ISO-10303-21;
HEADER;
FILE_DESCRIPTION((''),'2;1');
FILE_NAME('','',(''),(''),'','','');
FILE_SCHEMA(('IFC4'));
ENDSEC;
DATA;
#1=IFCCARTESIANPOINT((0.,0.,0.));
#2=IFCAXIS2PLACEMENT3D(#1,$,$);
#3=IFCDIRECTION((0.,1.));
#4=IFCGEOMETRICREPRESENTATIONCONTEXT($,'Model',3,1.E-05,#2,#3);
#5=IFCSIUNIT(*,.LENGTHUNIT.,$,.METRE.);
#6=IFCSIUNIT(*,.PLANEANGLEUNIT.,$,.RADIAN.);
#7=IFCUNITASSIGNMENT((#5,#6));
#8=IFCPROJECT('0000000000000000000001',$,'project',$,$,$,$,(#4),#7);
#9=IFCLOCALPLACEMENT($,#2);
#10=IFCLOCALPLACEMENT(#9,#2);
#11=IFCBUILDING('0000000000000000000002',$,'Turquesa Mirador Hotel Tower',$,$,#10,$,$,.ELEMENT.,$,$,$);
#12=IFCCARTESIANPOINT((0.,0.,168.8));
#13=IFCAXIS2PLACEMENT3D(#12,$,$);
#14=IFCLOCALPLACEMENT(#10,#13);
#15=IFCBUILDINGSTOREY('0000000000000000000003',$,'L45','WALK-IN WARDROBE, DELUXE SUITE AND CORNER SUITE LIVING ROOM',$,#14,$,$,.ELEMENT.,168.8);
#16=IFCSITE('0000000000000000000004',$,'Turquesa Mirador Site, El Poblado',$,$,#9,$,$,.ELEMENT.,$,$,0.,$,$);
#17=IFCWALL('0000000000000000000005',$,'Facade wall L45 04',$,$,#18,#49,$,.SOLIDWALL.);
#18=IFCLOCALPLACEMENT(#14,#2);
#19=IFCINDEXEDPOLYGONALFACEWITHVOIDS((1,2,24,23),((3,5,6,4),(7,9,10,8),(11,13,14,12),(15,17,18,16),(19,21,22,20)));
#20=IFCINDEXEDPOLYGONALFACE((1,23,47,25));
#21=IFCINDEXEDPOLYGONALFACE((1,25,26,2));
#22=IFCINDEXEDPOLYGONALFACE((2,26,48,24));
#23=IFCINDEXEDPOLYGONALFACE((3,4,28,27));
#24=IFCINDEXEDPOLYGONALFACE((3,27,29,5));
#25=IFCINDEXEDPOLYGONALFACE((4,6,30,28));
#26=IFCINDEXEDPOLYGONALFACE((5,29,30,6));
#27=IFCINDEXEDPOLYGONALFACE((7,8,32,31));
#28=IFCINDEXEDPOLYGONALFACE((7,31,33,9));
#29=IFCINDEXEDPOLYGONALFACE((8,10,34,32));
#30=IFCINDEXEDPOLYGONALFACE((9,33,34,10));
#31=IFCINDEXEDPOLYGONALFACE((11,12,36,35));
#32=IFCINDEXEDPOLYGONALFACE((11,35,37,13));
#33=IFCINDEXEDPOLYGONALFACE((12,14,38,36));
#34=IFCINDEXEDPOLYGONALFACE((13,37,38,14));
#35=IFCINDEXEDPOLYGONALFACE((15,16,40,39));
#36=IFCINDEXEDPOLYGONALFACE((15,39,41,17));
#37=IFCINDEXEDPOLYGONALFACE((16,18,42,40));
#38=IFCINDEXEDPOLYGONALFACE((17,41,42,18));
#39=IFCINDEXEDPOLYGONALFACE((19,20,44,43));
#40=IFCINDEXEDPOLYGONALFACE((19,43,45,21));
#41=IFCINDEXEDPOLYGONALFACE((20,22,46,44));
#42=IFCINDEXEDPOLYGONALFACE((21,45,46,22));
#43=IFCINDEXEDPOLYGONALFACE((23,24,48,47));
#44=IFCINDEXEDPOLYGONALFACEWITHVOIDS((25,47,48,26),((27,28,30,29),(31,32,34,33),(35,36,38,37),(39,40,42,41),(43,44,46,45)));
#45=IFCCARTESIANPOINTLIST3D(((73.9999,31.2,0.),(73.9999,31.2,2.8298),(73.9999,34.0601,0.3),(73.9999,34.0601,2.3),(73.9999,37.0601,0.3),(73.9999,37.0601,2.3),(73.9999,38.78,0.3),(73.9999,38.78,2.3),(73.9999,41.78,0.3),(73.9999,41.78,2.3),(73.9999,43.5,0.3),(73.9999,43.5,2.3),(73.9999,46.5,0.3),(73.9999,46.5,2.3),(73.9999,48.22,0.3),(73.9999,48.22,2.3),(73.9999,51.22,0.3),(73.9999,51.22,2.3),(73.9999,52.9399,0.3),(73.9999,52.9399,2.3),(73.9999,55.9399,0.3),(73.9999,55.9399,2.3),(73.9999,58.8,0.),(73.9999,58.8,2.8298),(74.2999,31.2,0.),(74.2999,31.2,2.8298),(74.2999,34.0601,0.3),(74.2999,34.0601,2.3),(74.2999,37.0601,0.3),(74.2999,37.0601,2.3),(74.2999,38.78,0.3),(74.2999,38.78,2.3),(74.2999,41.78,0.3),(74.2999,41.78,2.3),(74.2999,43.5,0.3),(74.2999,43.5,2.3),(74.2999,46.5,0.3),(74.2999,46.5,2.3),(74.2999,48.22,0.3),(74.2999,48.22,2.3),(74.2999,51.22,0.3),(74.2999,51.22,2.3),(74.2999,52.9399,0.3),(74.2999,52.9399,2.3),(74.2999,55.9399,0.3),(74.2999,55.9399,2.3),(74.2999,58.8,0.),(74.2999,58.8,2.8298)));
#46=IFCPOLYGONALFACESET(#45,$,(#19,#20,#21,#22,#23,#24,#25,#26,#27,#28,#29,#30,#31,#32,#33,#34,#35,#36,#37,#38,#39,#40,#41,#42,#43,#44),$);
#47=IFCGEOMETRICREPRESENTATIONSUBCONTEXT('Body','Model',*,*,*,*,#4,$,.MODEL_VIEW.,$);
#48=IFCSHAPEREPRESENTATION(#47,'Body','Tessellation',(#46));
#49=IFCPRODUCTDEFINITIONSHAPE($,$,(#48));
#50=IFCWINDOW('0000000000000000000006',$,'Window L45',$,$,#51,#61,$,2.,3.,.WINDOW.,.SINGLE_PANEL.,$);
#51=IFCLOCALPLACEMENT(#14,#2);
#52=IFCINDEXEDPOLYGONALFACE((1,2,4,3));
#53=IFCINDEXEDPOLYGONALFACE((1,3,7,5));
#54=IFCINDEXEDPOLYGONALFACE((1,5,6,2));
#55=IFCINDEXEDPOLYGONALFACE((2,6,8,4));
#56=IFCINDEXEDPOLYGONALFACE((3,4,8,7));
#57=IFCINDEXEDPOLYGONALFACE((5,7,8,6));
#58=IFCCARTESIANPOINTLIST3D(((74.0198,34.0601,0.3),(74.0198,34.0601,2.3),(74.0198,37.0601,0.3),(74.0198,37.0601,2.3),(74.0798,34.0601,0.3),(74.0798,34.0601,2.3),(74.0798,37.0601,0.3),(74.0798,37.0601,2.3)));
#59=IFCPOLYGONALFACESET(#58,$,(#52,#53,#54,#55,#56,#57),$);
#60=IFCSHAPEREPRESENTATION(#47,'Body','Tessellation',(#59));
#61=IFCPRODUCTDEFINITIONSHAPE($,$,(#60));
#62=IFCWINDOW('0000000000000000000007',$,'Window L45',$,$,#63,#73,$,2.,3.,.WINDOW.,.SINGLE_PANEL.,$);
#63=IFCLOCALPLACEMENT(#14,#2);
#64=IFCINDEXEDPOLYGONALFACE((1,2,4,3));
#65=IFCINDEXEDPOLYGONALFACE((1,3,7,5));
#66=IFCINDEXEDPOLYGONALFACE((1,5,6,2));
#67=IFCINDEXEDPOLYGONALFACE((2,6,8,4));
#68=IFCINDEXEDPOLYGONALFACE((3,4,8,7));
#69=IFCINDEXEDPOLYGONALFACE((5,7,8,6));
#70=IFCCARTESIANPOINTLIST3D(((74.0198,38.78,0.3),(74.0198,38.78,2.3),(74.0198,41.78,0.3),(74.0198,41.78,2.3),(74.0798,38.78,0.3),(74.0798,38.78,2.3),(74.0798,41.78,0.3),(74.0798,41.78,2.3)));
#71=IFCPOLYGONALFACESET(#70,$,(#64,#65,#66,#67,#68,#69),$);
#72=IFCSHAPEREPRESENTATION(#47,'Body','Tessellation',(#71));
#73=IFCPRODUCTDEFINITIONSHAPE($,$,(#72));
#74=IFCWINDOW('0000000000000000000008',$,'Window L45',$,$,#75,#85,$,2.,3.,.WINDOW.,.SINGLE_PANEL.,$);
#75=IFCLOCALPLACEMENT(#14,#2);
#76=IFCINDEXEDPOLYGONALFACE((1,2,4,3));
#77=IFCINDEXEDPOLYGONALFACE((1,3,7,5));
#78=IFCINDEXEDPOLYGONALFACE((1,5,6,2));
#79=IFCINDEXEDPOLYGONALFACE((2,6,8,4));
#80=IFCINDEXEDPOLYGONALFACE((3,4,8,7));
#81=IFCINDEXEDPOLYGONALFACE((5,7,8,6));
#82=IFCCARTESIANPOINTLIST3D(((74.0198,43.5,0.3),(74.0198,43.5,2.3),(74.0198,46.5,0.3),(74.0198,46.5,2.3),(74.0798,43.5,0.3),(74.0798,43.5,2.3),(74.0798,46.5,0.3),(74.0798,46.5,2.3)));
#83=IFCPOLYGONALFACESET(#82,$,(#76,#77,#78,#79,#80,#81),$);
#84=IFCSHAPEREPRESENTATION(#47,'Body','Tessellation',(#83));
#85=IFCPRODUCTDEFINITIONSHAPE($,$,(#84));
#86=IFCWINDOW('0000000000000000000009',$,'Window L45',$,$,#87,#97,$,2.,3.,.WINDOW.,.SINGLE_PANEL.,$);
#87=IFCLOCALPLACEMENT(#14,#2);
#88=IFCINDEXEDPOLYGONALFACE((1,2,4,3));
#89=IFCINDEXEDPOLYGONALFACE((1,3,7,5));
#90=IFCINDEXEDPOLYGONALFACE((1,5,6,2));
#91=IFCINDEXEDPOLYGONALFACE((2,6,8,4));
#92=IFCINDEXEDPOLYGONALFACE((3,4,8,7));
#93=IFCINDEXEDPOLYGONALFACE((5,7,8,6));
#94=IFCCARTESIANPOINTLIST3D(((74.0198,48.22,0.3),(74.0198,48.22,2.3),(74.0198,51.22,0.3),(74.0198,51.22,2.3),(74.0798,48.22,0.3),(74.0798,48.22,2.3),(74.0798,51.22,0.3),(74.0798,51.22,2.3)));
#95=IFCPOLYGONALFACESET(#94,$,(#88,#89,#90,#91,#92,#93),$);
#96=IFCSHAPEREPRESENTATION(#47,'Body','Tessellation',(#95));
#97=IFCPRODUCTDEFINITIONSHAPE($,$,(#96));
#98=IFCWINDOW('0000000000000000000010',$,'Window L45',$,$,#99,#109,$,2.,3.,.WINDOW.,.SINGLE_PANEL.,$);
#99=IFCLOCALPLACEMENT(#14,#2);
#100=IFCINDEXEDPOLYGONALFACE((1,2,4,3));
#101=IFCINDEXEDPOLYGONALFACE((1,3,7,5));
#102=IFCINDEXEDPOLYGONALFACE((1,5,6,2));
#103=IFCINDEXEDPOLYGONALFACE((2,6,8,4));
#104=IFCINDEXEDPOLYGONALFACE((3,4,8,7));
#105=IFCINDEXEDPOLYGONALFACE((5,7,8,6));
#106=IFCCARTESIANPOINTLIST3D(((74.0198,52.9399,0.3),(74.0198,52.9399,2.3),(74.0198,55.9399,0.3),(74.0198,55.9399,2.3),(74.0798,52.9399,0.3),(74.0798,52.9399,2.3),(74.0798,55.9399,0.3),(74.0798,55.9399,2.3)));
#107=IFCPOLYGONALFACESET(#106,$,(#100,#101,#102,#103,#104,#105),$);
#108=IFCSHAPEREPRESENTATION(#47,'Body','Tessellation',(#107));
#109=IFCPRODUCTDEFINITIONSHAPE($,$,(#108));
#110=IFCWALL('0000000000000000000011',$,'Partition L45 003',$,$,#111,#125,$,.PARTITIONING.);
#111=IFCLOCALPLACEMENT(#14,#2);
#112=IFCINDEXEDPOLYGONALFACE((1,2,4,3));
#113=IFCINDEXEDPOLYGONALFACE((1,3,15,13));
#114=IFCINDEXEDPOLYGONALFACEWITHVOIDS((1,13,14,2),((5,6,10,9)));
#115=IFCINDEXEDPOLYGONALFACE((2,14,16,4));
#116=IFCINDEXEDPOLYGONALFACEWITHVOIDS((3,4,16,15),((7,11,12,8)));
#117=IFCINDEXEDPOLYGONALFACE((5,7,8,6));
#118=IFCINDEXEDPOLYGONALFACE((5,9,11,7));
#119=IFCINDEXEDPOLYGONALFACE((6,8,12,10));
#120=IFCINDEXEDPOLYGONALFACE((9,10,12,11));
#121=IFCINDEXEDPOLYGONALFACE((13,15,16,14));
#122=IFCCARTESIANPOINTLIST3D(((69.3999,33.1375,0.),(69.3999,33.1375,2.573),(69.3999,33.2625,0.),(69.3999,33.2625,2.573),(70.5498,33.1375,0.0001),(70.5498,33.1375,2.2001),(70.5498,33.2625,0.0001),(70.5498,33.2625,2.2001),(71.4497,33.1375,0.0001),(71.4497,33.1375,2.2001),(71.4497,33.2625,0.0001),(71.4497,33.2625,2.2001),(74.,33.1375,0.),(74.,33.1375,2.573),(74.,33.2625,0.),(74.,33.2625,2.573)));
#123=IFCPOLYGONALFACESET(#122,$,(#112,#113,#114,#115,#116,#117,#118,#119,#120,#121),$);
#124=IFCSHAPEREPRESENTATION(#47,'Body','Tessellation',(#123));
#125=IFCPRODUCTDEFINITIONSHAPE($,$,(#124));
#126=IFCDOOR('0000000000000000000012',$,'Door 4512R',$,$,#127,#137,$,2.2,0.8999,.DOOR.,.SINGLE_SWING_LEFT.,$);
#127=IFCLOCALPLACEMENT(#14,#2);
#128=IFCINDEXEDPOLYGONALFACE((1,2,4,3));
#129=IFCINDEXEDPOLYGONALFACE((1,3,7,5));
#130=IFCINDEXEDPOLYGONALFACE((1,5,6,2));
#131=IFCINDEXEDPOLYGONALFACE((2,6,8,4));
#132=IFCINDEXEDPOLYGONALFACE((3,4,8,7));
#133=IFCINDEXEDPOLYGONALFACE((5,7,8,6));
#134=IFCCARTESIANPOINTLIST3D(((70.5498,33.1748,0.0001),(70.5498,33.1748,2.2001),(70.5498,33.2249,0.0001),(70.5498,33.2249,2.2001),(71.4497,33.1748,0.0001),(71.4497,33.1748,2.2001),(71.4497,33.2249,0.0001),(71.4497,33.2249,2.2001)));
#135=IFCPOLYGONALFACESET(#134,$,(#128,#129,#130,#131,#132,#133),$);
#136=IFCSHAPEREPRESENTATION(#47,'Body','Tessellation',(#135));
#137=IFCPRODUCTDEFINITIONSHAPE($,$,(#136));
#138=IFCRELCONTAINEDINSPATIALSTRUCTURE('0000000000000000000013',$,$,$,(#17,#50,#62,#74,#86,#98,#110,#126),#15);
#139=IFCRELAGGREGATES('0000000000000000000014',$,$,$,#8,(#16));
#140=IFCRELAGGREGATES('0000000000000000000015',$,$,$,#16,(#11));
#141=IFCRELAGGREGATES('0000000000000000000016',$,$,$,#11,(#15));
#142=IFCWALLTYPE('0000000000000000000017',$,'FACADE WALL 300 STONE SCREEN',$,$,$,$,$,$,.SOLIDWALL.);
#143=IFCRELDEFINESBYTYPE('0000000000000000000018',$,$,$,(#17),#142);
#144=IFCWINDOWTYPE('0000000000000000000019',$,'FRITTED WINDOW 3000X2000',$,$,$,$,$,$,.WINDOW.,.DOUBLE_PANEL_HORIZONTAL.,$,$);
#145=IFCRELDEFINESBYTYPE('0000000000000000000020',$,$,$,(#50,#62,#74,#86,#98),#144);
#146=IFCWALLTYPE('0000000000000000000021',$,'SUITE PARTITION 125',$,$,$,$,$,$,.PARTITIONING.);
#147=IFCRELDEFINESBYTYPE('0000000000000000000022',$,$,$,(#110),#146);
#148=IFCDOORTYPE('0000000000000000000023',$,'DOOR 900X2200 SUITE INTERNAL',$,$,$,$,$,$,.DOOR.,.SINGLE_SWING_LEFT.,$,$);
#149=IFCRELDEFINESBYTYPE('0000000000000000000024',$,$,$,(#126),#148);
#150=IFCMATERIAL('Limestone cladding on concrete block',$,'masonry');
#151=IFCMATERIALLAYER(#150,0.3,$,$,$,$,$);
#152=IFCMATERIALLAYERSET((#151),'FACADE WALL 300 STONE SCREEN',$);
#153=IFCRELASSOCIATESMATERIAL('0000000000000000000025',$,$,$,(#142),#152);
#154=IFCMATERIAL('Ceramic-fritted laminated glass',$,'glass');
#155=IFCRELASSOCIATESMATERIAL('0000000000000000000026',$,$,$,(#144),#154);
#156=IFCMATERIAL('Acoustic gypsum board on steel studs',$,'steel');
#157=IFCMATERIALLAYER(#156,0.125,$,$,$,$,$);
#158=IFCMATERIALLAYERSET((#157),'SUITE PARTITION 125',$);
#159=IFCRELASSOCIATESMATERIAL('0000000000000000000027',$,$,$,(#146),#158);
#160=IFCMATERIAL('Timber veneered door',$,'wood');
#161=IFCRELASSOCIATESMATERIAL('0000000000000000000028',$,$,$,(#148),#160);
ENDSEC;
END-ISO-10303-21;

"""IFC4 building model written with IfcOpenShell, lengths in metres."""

from ifc_helpers import new_model, si_unit, direction, frame, frame_2d, origin, place, context, subcontext, project, spatial, rectangle, extrude, material, layer, layer_set, type_object, element, fill, save


model = new_model("IFC4")

# Units and contexts
model_context = context("Model", 3, precision=1e-05, world=origin(), true_north=direction((0.0, 1.0)))
body_context = subcontext(model_context, "Body", "Model", "MODEL_VIEW")
ifc_project = project(units=[si_unit("LENGTHUNIT", "METRE"), si_unit("PLANEANGLEUNIT", "RADIAN")], contexts=[model_context])

# Site, building, storey
site_placement = place(None, origin())
site = spatial("IfcSite", under=ifc_project, at=site_placement, Name="Turquesa Mirador Site, El Poblado", CompositionType="ELEMENT", RefElevation=0.0)
building_placement = place(site_placement, origin())
building = spatial("IfcBuilding", under=site, at=building_placement, Name="Turquesa Mirador Hotel Tower", CompositionType="ELEMENT")
storey_placement = place(building_placement, frame((0.0, 0.0, 168.8)))
storey = spatial("IfcBuildingStorey", under=building, at=storey_placement, Name="L45", Description="WALK-IN WARDROBE, DELUXE SUITE AND CORNER SUITE LIVING ROOM", CompositionType="ELEMENT", Elevation=168.8)

# Shared definitions
ifc_material_1 = material(Name="Limestone cladding on concrete block", Category="masonry")
ifc_layer_1 = layer(ifc_material_1, 0.3)
ifc_layer_set_1 = layer_set([ifc_layer_1], Name="FACADE WALL 300 STONE SCREEN")
wall_type_1 = type_object("IfcWallType", Name="FACADE WALL 300 STONE SCREEN", PredefinedType="SOLIDWALL", material=ifc_layer_set_1)

# Wall, openings, windows
wall_1_placement = place(storey_placement, frame((74.1499, 31.2, 0.0), z_axis=(0.0, 0.0, 1.0), x_axis=(0.0, 1.0, 0.0)))
wall_1 = element("IfcWall", 1, at=wall_1_placement, inside=storey, type_object=wall_type_1, Name="Facade wall L45 04", PredefinedType="SOLIDWALL", context=body_context, shape_type="SweptSolid", body=[
    extrude(rectangle(XDim=27.6001, YDim=0.3, at=frame_2d((13.8, 0.0))), origin(), (0.0, 0.0, 1.0), 2.8298),
])
opening_1_placement = place(wall_1_placement, frame((2.8601, 0.0, 0.3)))
opening_1 = element("IfcOpeningElement", 2, at=opening_1_placement, cuts=wall_1, PredefinedType="OPENING", context=body_context, shape_type="SweptSolid", body=[
    extrude(rectangle(XDim=3.0, YDim=2.0, at=frame_2d((1.5, 1.0))), frame((0.0, 0.1599, 0.0), z_axis=(0.0, -1.0, 0.0), x_axis=(1.0, 0.0, 0.0)), (0.0, 0.0, 1.0), 0.3201),
])
opening_2_placement = place(wall_1_placement, frame((7.5801, 0.0, 0.3)))
opening_2 = element("IfcOpeningElement", 3, at=opening_2_placement, cuts=wall_1, PredefinedType="OPENING", context=body_context, shape_type="SweptSolid", body=[
    extrude(rectangle(XDim=3.0, YDim=2.0, at=frame_2d((1.5, 1.0))), frame((0.0, 0.1599, 0.0), z_axis=(0.0, -1.0, 0.0), x_axis=(1.0, 0.0, 0.0)), (0.0, 0.0, 1.0), 0.3201),
])
opening_3_placement = place(wall_1_placement, frame((12.3, 0.0, 0.3)))
opening_3 = element("IfcOpeningElement", 4, at=opening_3_placement, cuts=wall_1, PredefinedType="OPENING", context=body_context, shape_type="SweptSolid", body=[
    extrude(rectangle(XDim=3.0, YDim=2.0, at=frame_2d((1.5, 1.0))), frame((0.0, 0.1599, 0.0), z_axis=(0.0, -1.0, 0.0), x_axis=(1.0, 0.0, 0.0)), (0.0, 0.0, 1.0), 0.3201),
])
opening_4_placement = place(wall_1_placement, frame((17.02, 0.0, 0.3)))
opening_4 = element("IfcOpeningElement", 5, at=opening_4_placement, cuts=wall_1, PredefinedType="OPENING", context=body_context, shape_type="SweptSolid", body=[
    extrude(rectangle(XDim=3.0, YDim=2.0, at=frame_2d((1.5, 1.0))), frame((0.0, 0.1599, 0.0), z_axis=(0.0, -1.0, 0.0), x_axis=(1.0, 0.0, 0.0)), (0.0, 0.0, 1.0), 0.3201),
])
opening_5_placement = place(wall_1_placement, frame((21.74, 0.0, 0.3)))
opening_5 = element("IfcOpeningElement", 6, at=opening_5_placement, cuts=wall_1, PredefinedType="OPENING", context=body_context, shape_type="SweptSolid", body=[
    extrude(rectangle(XDim=3.0, YDim=2.0, at=frame_2d((1.5, 1.0))), frame((0.0, 0.1599, 0.0), z_axis=(0.0, -1.0, 0.0), x_axis=(1.0, 0.0, 0.0)), (0.0, 0.0, 1.0), 0.3201),
])
ifc_material_2 = material(Name="Ceramic-fritted laminated glass", Category="glass")
window_type_1 = type_object("IfcWindowType", Name="FRITTED WINDOW 3000X2000", PartitioningType="DOUBLE_PANEL_HORIZONTAL", PredefinedType="WINDOW", material=ifc_material_2)
window_1_placement = place(opening_1_placement, origin())
window_1 = element("IfcWindow", 7, at=window_1_placement, inside=storey, type_object=window_type_1, Name="Window L45", OverallHeight=2.0, OverallWidth=3.0, PartitioningType="SINGLE_PANEL", PredefinedType="WINDOW", context=body_context, shape_type="SweptSolid", body=[
    extrude(rectangle(XDim=3.0, YDim=2.0, at=frame_2d((1.5, 1.0))), frame((0.0, 0.1301, 0.0), z_axis=(0.0, -1.0, 0.0), x_axis=(1.0, 0.0, 0.0)), (0.0, 0.0, 1.0), 0.0601),
])
fill(opening_1, window_1)
window_2_placement = place(opening_2_placement, origin())
window_2 = element("IfcWindow", 8, at=window_2_placement, inside=storey, type_object=window_type_1, Name="Window L45", OverallHeight=2.0, OverallWidth=3.0, PartitioningType="SINGLE_PANEL", PredefinedType="WINDOW", context=body_context, shape_type="SweptSolid", body=[
    extrude(rectangle(XDim=3.0, YDim=2.0, at=frame_2d((1.5, 1.0))), frame((0.0, 0.1301, 0.0), z_axis=(0.0, -1.0, 0.0), x_axis=(1.0, 0.0, 0.0)), (0.0, 0.0, 1.0), 0.0601),
])
fill(opening_2, window_2)
window_3_placement = place(opening_3_placement, origin())
window_3 = element("IfcWindow", 9, at=window_3_placement, inside=storey, type_object=window_type_1, Name="Window L45", OverallHeight=2.0, OverallWidth=3.0, PartitioningType="SINGLE_PANEL", PredefinedType="WINDOW", context=body_context, shape_type="SweptSolid", body=[
    extrude(rectangle(XDim=3.0, YDim=2.0, at=frame_2d((1.5, 1.0))), frame((0.0, 0.1301, 0.0), z_axis=(0.0, -1.0, 0.0), x_axis=(1.0, 0.0, 0.0)), (0.0, 0.0, 1.0), 0.0601),
])
fill(opening_3, window_3)
window_4_placement = place(opening_4_placement, origin())
window_4 = element("IfcWindow", 10, at=window_4_placement, inside=storey, type_object=window_type_1, Name="Window L45", OverallHeight=2.0, OverallWidth=3.0, PartitioningType="SINGLE_PANEL", PredefinedType="WINDOW", context=body_context, shape_type="SweptSolid", body=[
    extrude(rectangle(XDim=3.0, YDim=2.0, at=frame_2d((1.5, 1.0))), frame((0.0, 0.1301, 0.0), z_axis=(0.0, -1.0, 0.0), x_axis=(1.0, 0.0, 0.0)), (0.0, 0.0, 1.0), 0.0601),
])
fill(opening_4, window_4)
window_5_placement = place(opening_5_placement, origin())
window_5 = element("IfcWindow", 11, at=window_5_placement, inside=storey, type_object=window_type_1, Name="Window L45", OverallHeight=2.0, OverallWidth=3.0, PartitioningType="SINGLE_PANEL", PredefinedType="WINDOW", context=body_context, shape_type="SweptSolid", body=[
    extrude(rectangle(XDim=3.0, YDim=2.0, at=frame_2d((1.5, 1.0))), frame((0.0, 0.1301, 0.0), z_axis=(0.0, -1.0, 0.0), x_axis=(1.0, 0.0, 0.0)), (0.0, 0.0, 1.0), 0.0601),
])
fill(opening_5, window_5)

# Wall, opening, door
ifc_material_3 = material(Name="Acoustic gypsum board on steel studs", Category="steel")
ifc_layer_2 = layer(ifc_material_3, 0.125)
ifc_layer_set_2 = layer_set([ifc_layer_2], Name="SUITE PARTITION 125")
wall_type_2 = type_object("IfcWallType", Name="SUITE PARTITION 125", PredefinedType="PARTITIONING", material=ifc_layer_set_2)
wall_2_placement = place(storey_placement, frame((69.3999, 33.2, 0.0), z_axis=(0.0, 0.0, 1.0), x_axis=(1.0, 0.0, 0.0)))
wall_2 = element("IfcWall", 12, at=wall_2_placement, inside=storey, type_object=wall_type_2, Name="Partition L45 003", PredefinedType="PARTITIONING", context=body_context, shape_type="SweptSolid", body=[
    extrude(rectangle(XDim=4.6001, YDim=0.125, at=frame_2d((2.3, 0.0))), origin(), (0.0, 0.0, 1.0), 2.573),
])
opening_6_placement = place(wall_2_placement, frame((1.1499, 0.0, 0.0)))
opening_6 = element("IfcOpeningElement", 13, at=opening_6_placement, cuts=wall_2, PredefinedType="OPENING", context=body_context, shape_type="SweptSolid", body=[
    extrude(rectangle(XDim=0.8999, YDim=2.2, at=frame_2d((0.45, 1.1001))), frame((0.0, 0.0725, 0.0), z_axis=(0.0, -1.0, 0.0), x_axis=(1.0, 0.0, 0.0)), (0.0, 0.0, 1.0), 0.145),
])
ifc_material_4 = material(Name="Timber veneered door", Category="wood")
door_type_1 = type_object("IfcDoorType", Name="DOOR 900X2200 SUITE INTERNAL", OperationType="SINGLE_SWING_LEFT", PredefinedType="DOOR", material=ifc_material_4)
door_1_placement = place(opening_6_placement, origin())
door_1 = element("IfcDoor", 14, at=door_1_placement, inside=storey, type_object=door_type_1, Name="Door 4512R", OperationType="SINGLE_SWING_LEFT", OverallHeight=2.2, OverallWidth=0.8999, PredefinedType="DOOR", context=body_context, shape_type="SweptSolid", body=[
    extrude(rectangle(XDim=0.8999, YDim=2.2, at=frame_2d((0.45, 1.1001))), frame((0.0, 0.0249, 0.0), z_axis=(0.0, -1.0, 0.0), x_axis=(1.0, 0.0, 0.0)), (0.0, 0.0, 1.0), 0.05),
])
fill(opening_6, door_1)

save(model, "model.ifc")
